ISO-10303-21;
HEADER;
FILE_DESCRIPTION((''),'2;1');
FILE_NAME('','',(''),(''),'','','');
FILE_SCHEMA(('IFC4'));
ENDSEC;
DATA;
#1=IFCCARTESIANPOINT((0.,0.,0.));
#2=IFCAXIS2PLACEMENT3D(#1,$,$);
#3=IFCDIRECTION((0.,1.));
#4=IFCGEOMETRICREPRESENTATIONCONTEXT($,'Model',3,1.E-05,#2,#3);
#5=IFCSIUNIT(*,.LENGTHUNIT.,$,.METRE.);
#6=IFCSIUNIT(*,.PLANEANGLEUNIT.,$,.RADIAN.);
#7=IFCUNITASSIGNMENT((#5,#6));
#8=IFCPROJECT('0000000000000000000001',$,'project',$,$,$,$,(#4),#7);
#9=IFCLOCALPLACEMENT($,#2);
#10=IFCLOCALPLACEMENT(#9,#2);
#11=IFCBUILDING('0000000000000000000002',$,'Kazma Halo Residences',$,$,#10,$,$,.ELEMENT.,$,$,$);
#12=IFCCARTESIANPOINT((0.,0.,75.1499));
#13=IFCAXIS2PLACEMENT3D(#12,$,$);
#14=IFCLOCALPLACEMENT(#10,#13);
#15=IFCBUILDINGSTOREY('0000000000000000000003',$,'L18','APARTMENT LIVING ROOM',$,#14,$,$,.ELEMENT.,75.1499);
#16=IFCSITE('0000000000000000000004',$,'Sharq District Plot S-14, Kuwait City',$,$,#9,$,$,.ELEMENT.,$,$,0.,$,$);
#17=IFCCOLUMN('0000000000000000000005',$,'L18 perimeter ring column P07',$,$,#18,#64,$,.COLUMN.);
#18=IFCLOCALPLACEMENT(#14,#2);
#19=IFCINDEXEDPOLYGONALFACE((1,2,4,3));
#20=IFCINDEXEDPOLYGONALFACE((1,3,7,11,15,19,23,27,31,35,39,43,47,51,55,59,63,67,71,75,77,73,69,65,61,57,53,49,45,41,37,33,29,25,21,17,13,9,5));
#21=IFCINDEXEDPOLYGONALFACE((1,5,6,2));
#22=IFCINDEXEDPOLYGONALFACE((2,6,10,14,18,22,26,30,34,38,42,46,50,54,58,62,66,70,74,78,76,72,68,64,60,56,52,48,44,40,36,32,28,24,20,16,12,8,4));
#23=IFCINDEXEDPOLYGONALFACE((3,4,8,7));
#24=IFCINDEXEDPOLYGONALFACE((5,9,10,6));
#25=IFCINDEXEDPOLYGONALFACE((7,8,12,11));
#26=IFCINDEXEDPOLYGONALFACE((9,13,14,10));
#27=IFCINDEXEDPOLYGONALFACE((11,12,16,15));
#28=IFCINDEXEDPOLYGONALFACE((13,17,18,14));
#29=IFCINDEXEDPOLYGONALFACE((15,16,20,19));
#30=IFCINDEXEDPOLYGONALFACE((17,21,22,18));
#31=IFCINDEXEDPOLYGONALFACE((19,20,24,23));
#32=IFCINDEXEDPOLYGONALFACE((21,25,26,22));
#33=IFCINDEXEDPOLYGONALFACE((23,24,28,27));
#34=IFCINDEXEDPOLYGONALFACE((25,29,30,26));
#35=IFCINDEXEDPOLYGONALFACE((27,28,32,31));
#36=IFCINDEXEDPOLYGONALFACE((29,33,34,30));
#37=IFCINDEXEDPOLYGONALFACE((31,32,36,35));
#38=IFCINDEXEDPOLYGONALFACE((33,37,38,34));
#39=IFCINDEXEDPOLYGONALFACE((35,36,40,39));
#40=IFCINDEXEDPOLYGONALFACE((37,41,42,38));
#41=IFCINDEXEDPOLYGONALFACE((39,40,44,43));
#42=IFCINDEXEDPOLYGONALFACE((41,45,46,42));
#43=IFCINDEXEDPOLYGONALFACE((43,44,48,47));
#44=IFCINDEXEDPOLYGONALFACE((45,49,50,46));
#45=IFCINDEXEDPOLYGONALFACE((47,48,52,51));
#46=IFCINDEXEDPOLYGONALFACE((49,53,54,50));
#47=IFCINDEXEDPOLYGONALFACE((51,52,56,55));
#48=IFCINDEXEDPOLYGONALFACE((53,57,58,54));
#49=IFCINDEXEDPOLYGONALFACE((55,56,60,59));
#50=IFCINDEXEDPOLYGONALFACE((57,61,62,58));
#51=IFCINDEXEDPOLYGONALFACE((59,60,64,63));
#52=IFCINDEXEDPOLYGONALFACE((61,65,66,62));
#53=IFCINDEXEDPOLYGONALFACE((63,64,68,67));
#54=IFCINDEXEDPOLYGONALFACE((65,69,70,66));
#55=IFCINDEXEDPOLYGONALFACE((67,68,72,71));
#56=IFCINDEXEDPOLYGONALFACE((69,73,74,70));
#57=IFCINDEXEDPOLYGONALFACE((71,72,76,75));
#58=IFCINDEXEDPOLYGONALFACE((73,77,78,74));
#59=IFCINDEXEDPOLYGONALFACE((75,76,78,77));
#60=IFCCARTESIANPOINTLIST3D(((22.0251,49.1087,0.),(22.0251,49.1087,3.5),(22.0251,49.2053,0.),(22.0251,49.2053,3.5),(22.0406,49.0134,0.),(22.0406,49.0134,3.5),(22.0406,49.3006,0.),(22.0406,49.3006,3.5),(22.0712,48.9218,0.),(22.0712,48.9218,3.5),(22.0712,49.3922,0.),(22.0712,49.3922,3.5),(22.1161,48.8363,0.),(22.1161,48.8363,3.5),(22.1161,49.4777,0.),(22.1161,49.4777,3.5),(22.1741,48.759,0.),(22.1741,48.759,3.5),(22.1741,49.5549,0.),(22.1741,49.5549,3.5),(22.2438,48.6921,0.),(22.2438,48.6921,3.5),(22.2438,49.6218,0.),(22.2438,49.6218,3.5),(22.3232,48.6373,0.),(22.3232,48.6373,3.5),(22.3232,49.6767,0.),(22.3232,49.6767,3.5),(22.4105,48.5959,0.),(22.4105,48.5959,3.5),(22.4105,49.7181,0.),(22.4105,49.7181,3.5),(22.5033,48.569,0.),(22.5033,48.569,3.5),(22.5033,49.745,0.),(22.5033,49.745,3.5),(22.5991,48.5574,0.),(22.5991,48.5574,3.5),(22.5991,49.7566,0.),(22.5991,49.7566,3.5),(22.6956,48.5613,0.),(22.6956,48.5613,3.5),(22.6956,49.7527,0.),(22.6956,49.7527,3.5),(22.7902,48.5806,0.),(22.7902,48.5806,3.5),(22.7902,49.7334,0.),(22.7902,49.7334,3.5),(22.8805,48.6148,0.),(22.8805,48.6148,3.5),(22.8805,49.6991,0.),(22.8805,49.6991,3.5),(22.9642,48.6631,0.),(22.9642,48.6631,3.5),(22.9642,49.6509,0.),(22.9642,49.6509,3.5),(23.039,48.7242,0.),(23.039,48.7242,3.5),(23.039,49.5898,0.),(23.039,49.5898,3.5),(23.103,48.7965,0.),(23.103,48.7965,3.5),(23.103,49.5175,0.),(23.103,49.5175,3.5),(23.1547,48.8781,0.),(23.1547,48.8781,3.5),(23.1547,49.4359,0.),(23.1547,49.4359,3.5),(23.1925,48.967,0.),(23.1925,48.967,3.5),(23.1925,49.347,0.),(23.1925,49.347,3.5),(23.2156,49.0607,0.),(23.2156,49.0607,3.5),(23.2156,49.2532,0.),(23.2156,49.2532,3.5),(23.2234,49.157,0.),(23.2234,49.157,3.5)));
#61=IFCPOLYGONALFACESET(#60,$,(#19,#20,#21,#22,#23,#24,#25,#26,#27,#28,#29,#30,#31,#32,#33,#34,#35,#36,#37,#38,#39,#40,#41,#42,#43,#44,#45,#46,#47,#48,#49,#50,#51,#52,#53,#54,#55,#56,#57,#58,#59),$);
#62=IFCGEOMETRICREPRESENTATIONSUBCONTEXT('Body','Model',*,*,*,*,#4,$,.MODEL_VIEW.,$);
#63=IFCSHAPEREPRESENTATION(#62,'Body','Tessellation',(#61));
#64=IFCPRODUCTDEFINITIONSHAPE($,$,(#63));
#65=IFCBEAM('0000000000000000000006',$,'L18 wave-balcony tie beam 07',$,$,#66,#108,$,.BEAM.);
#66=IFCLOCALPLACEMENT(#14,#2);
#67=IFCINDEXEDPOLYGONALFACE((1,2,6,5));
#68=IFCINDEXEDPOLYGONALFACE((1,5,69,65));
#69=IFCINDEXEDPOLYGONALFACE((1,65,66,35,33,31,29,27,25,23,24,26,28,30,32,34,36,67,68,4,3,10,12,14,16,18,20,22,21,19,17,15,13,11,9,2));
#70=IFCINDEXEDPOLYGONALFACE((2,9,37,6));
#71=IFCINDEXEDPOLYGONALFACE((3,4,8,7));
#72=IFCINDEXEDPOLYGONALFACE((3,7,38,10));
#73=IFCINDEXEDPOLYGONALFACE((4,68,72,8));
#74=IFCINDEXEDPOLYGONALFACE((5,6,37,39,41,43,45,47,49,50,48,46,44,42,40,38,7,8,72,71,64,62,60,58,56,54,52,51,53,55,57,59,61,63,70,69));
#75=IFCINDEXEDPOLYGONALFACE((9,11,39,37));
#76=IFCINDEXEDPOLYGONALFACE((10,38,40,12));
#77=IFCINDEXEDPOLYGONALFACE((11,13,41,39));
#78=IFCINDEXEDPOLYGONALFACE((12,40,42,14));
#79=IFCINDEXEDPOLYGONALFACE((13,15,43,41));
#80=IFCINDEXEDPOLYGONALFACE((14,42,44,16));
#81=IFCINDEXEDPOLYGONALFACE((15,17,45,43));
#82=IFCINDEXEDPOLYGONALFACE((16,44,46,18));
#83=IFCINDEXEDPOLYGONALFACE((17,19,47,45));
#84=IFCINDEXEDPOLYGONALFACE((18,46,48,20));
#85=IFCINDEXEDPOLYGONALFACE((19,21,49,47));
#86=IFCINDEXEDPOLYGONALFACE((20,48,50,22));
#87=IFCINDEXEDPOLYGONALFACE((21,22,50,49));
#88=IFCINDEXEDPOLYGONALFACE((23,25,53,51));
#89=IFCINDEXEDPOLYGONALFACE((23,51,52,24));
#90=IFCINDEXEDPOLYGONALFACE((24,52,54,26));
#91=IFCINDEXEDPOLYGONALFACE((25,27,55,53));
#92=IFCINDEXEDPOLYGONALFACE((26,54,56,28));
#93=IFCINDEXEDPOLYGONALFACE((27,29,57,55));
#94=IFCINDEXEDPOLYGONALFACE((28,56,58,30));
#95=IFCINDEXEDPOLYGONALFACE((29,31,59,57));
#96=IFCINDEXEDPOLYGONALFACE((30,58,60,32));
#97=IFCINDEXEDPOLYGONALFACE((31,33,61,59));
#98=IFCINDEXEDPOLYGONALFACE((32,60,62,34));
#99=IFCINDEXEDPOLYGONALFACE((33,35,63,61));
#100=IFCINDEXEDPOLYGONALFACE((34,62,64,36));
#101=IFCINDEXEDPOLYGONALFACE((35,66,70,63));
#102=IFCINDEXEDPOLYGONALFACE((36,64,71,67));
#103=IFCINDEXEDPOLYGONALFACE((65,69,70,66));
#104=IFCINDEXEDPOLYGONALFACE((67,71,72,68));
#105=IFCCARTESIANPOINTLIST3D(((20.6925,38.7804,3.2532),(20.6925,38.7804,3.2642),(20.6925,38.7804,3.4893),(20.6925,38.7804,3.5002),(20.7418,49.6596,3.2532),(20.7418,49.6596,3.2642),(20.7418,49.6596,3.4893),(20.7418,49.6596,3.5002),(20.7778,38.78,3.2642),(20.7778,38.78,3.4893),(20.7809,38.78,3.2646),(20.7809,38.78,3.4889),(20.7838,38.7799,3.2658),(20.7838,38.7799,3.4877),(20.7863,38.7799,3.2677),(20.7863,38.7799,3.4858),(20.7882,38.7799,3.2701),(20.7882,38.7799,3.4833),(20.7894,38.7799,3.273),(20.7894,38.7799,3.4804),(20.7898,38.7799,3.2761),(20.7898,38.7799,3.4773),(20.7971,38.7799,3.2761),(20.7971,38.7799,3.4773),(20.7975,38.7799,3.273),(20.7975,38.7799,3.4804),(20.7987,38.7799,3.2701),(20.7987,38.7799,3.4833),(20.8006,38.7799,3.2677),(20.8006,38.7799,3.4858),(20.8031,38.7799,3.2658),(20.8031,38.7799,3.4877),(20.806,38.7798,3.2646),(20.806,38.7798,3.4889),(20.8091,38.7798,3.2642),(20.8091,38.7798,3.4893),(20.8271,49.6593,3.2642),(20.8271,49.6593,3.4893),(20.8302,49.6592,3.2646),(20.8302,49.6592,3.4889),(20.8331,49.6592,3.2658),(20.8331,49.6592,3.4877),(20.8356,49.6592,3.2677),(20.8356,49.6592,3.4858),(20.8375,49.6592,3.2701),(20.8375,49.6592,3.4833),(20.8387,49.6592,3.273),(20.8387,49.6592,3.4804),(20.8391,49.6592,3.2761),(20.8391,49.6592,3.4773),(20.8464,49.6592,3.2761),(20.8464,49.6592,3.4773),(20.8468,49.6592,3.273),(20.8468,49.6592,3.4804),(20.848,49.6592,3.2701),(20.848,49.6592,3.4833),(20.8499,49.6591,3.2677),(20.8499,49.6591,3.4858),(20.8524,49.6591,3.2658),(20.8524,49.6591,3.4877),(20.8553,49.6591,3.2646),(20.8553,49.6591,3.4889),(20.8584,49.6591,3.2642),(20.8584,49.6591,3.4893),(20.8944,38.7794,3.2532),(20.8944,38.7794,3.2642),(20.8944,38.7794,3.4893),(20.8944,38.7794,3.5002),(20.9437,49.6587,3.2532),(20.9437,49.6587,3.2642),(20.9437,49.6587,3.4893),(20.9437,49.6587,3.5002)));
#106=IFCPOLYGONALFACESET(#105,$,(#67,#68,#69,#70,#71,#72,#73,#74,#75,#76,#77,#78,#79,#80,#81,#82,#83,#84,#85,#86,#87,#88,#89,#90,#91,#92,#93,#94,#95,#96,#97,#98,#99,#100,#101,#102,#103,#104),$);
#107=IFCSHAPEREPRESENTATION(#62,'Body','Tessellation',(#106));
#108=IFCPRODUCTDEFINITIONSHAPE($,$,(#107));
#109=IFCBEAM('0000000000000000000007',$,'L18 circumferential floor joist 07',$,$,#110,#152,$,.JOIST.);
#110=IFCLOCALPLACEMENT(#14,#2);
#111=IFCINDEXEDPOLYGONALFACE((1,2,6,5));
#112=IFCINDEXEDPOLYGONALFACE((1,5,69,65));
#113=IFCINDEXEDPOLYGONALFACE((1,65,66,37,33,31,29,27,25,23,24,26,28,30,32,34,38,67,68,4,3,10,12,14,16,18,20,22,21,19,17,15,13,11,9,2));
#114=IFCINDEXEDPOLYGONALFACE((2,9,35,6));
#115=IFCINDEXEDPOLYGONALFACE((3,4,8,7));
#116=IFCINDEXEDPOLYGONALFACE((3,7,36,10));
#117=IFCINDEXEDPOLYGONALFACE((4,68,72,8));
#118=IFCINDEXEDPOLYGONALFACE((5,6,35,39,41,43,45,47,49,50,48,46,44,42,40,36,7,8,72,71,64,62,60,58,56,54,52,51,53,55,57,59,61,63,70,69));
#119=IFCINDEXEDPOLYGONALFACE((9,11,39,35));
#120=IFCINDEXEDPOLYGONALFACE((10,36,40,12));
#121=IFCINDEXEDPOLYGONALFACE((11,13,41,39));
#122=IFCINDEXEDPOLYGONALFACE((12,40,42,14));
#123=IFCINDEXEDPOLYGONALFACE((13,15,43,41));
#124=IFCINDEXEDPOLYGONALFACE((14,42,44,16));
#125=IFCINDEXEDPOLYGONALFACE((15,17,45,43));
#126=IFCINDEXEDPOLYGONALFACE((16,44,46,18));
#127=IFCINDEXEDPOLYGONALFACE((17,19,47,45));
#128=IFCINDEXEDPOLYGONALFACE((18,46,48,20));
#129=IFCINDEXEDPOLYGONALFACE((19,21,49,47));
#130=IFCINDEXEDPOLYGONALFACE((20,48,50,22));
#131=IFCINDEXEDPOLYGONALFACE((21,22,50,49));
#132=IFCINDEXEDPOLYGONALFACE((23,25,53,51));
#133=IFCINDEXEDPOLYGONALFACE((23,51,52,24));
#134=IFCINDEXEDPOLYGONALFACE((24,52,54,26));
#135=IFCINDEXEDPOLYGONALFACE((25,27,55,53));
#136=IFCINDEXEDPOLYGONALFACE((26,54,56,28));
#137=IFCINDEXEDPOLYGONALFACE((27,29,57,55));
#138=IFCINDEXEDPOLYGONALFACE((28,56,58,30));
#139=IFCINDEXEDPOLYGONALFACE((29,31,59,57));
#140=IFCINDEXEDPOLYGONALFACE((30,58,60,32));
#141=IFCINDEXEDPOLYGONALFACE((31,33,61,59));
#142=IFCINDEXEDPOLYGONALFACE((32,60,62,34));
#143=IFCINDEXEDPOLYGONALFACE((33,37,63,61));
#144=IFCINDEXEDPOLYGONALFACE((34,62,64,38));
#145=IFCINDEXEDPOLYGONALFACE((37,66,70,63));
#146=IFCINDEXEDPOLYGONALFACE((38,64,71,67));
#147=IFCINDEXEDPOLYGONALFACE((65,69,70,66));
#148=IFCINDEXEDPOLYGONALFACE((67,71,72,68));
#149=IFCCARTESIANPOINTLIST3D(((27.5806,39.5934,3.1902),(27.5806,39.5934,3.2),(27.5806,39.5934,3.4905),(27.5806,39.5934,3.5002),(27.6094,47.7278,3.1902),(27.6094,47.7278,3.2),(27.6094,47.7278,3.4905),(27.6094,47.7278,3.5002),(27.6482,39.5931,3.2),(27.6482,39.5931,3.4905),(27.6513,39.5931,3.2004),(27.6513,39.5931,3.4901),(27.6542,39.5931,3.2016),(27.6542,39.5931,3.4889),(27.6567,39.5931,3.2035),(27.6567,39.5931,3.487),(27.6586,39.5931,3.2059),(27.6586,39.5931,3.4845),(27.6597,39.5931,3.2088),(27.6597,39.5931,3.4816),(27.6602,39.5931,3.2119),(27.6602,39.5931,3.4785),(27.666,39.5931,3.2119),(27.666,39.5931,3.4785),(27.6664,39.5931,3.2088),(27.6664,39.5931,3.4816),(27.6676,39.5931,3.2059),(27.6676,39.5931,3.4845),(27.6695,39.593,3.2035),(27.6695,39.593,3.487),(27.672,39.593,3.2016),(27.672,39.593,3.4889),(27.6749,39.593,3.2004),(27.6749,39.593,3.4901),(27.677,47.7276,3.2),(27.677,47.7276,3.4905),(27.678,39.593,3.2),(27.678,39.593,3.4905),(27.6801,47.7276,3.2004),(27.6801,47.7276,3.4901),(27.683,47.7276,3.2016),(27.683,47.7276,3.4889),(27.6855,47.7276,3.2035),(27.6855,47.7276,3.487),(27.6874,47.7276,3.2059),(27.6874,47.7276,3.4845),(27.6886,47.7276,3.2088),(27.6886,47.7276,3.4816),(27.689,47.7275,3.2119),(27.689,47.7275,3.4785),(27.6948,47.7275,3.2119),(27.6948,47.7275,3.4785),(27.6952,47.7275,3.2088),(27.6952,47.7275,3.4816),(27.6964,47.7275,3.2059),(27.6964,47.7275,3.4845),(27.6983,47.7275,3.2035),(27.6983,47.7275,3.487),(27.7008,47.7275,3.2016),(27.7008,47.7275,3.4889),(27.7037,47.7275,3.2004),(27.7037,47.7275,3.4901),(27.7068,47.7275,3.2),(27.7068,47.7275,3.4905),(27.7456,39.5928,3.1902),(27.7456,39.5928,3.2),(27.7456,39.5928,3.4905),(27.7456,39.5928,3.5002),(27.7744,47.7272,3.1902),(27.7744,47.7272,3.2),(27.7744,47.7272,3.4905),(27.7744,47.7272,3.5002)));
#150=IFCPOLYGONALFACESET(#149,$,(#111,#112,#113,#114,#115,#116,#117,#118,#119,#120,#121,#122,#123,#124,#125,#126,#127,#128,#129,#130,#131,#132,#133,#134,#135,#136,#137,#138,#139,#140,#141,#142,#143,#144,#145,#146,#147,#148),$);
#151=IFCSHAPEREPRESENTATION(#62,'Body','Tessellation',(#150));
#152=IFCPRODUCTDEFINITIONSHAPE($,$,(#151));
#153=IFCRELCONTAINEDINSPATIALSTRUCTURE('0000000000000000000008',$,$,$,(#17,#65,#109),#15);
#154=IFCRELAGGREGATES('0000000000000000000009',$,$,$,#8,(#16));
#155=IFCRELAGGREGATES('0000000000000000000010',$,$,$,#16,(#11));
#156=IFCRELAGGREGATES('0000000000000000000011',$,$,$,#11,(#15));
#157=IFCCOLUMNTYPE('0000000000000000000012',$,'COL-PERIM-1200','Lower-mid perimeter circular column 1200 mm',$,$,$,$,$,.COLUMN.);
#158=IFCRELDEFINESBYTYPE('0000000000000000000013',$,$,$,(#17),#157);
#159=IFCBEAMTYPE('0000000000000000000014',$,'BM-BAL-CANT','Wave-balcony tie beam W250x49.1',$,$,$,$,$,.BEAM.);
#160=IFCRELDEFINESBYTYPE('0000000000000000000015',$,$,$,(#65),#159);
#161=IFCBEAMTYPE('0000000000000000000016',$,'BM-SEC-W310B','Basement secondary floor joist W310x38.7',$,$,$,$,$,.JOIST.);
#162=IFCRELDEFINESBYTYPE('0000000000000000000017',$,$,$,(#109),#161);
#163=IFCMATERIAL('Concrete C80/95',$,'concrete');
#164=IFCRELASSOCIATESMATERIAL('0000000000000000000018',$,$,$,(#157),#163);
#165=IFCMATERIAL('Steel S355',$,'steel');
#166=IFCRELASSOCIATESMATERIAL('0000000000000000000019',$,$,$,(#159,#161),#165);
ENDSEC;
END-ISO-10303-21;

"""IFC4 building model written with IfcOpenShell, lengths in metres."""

from ifc_helpers import new_model, si_unit, direction, frame, origin, origin_2d, place, context, subcontext, project, spatial, circle, i_section, extrude, material, material_profile, profile_set, type_object, element, save


model = new_model("IFC4")

# Units and contexts
model_context = context("Model", 3, precision=1e-05, world=origin(), true_north=direction((0.0, 1.0)))
body_context = subcontext(model_context, "Body", "Model", "MODEL_VIEW")
ifc_project = project(units=[si_unit("LENGTHUNIT", "METRE"), si_unit("PLANEANGLEUNIT", "RADIAN")], contexts=[model_context])

# Site, building, storey
site_placement = place(None, origin())
site = spatial("IfcSite", under=ifc_project, at=site_placement, Name="Sharq District Plot S-14, Kuwait City", CompositionType="ELEMENT", RefElevation=0.0)
building_placement = place(site_placement, origin())
building = spatial("IfcBuilding", under=site, at=building_placement, Name="Kazma Halo Residences", CompositionType="ELEMENT")
storey_placement = place(building_placement, frame((0.0, 0.0, 75.1499)))
storey = spatial("IfcBuildingStorey", under=building, at=storey_placement, Name="L18", Description="APARTMENT LIVING ROOM", CompositionType="ELEMENT", Elevation=75.1499)

# Column
ifc_material_1 = material(Name="Concrete C80/95", Category="concrete")
ifc_material_profile_1 = material_profile(ifc_material_1, circle(Radius=0.6001, at=origin_2d()), Name="CIRC1200")
ifc_profile_set_1 = profile_set([ifc_material_profile_1], Name="Concrete C80/95")
column_type = type_object("IfcColumnType", Name="COL-PERIM-1200", Description="Lower-mid perimeter circular column 1200 mm", PredefinedType="COLUMN", material=ifc_profile_set_1)
column_placement = place(storey_placement, frame((22.6233, 49.157, 0.0), z_axis=(0.0, 0.0, 1.0), x_axis=(1.0, 0.0, 0.0)))
element("IfcColumn", 1, at=column_placement, inside=storey, type_object=column_type, Name="L18 perimeter ring column P07", PredefinedType="COLUMN", context=body_context, shape_type="SweptSolid", body=[
    extrude(circle(Radius=0.6001, at=origin_2d()), origin(), (0.0, 0.0, 1.0), 3.5),
])

# Beams
ifc_material_2 = material(Name="Steel S355", Category="steel")
ifc_material_profile_2 = material_profile(ifc_material_2, i_section(OverallWidth=0.2019, OverallDepth=0.2471, WebThickness=0.0073, FlangeThickness=0.011, FilletRadius=0.012, at=origin_2d()), Name="W250x49.1")
ifc_profile_set_2 = profile_set([ifc_material_profile_2], Name="Steel S355")
beam_type_1 = type_object("IfcBeamType", Name="BM-BAL-CANT", Description="Wave-balcony tie beam W250x49.1", PredefinedType="BEAM", material=ifc_profile_set_2)
beam_1_placement = place(storey_placement, frame((20.8428, 49.6592, 3.3767), z_axis=(-0.004533, -0.99999, 0.0), x_axis=(0.99999, -0.004533, 0.0)))
element("IfcBeam", 2, at=beam_1_placement, inside=storey, type_object=beam_type_1, Name="L18 wave-balcony tie beam 07", PredefinedType="BEAM", context=body_context, shape_type="SweptSolid", body=[
    extrude(i_section(OverallWidth=0.2019, OverallDepth=0.2471, WebThickness=0.0073, FlangeThickness=0.011, FilletRadius=0.012, at=origin_2d()), origin(), (0.0, 0.0, 1.0), 10.8794),
])
ifc_material_profile_3 = material_profile(ifc_material_2, i_section(OverallWidth=0.165, OverallDepth=0.3101, WebThickness=0.0059, FlangeThickness=0.0098, FilletRadius=0.012, at=origin_2d()), Name="W310x38.7")
ifc_profile_set_3 = profile_set([ifc_material_profile_3], Name="Steel S355")
beam_type_2 = type_object("IfcBeamType", Name="BM-SEC-W310B", Description="Basement secondary floor joist W310x38.7", PredefinedType="JOIST", material=ifc_profile_set_3)
beam_2_placement = place(storey_placement, frame((27.6919, 47.7275, 3.3452), z_axis=(-0.003542, -0.999994, 0.0), x_axis=(0.999994, -0.003542, 0.0)))
element("IfcBeam", 3, at=beam_2_placement, inside=storey, type_object=beam_type_2, Name="L18 circumferential floor joist 07", PredefinedType="JOIST", context=body_context, shape_type="SweptSolid", body=[
    extrude(i_section(OverallWidth=0.165, OverallDepth=0.3101, WebThickness=0.0059, FlangeThickness=0.0098, FilletRadius=0.012, at=origin_2d()), origin(), (0.0, 0.0, 1.0), 8.1345),
])

save(model, "model.ifc")
